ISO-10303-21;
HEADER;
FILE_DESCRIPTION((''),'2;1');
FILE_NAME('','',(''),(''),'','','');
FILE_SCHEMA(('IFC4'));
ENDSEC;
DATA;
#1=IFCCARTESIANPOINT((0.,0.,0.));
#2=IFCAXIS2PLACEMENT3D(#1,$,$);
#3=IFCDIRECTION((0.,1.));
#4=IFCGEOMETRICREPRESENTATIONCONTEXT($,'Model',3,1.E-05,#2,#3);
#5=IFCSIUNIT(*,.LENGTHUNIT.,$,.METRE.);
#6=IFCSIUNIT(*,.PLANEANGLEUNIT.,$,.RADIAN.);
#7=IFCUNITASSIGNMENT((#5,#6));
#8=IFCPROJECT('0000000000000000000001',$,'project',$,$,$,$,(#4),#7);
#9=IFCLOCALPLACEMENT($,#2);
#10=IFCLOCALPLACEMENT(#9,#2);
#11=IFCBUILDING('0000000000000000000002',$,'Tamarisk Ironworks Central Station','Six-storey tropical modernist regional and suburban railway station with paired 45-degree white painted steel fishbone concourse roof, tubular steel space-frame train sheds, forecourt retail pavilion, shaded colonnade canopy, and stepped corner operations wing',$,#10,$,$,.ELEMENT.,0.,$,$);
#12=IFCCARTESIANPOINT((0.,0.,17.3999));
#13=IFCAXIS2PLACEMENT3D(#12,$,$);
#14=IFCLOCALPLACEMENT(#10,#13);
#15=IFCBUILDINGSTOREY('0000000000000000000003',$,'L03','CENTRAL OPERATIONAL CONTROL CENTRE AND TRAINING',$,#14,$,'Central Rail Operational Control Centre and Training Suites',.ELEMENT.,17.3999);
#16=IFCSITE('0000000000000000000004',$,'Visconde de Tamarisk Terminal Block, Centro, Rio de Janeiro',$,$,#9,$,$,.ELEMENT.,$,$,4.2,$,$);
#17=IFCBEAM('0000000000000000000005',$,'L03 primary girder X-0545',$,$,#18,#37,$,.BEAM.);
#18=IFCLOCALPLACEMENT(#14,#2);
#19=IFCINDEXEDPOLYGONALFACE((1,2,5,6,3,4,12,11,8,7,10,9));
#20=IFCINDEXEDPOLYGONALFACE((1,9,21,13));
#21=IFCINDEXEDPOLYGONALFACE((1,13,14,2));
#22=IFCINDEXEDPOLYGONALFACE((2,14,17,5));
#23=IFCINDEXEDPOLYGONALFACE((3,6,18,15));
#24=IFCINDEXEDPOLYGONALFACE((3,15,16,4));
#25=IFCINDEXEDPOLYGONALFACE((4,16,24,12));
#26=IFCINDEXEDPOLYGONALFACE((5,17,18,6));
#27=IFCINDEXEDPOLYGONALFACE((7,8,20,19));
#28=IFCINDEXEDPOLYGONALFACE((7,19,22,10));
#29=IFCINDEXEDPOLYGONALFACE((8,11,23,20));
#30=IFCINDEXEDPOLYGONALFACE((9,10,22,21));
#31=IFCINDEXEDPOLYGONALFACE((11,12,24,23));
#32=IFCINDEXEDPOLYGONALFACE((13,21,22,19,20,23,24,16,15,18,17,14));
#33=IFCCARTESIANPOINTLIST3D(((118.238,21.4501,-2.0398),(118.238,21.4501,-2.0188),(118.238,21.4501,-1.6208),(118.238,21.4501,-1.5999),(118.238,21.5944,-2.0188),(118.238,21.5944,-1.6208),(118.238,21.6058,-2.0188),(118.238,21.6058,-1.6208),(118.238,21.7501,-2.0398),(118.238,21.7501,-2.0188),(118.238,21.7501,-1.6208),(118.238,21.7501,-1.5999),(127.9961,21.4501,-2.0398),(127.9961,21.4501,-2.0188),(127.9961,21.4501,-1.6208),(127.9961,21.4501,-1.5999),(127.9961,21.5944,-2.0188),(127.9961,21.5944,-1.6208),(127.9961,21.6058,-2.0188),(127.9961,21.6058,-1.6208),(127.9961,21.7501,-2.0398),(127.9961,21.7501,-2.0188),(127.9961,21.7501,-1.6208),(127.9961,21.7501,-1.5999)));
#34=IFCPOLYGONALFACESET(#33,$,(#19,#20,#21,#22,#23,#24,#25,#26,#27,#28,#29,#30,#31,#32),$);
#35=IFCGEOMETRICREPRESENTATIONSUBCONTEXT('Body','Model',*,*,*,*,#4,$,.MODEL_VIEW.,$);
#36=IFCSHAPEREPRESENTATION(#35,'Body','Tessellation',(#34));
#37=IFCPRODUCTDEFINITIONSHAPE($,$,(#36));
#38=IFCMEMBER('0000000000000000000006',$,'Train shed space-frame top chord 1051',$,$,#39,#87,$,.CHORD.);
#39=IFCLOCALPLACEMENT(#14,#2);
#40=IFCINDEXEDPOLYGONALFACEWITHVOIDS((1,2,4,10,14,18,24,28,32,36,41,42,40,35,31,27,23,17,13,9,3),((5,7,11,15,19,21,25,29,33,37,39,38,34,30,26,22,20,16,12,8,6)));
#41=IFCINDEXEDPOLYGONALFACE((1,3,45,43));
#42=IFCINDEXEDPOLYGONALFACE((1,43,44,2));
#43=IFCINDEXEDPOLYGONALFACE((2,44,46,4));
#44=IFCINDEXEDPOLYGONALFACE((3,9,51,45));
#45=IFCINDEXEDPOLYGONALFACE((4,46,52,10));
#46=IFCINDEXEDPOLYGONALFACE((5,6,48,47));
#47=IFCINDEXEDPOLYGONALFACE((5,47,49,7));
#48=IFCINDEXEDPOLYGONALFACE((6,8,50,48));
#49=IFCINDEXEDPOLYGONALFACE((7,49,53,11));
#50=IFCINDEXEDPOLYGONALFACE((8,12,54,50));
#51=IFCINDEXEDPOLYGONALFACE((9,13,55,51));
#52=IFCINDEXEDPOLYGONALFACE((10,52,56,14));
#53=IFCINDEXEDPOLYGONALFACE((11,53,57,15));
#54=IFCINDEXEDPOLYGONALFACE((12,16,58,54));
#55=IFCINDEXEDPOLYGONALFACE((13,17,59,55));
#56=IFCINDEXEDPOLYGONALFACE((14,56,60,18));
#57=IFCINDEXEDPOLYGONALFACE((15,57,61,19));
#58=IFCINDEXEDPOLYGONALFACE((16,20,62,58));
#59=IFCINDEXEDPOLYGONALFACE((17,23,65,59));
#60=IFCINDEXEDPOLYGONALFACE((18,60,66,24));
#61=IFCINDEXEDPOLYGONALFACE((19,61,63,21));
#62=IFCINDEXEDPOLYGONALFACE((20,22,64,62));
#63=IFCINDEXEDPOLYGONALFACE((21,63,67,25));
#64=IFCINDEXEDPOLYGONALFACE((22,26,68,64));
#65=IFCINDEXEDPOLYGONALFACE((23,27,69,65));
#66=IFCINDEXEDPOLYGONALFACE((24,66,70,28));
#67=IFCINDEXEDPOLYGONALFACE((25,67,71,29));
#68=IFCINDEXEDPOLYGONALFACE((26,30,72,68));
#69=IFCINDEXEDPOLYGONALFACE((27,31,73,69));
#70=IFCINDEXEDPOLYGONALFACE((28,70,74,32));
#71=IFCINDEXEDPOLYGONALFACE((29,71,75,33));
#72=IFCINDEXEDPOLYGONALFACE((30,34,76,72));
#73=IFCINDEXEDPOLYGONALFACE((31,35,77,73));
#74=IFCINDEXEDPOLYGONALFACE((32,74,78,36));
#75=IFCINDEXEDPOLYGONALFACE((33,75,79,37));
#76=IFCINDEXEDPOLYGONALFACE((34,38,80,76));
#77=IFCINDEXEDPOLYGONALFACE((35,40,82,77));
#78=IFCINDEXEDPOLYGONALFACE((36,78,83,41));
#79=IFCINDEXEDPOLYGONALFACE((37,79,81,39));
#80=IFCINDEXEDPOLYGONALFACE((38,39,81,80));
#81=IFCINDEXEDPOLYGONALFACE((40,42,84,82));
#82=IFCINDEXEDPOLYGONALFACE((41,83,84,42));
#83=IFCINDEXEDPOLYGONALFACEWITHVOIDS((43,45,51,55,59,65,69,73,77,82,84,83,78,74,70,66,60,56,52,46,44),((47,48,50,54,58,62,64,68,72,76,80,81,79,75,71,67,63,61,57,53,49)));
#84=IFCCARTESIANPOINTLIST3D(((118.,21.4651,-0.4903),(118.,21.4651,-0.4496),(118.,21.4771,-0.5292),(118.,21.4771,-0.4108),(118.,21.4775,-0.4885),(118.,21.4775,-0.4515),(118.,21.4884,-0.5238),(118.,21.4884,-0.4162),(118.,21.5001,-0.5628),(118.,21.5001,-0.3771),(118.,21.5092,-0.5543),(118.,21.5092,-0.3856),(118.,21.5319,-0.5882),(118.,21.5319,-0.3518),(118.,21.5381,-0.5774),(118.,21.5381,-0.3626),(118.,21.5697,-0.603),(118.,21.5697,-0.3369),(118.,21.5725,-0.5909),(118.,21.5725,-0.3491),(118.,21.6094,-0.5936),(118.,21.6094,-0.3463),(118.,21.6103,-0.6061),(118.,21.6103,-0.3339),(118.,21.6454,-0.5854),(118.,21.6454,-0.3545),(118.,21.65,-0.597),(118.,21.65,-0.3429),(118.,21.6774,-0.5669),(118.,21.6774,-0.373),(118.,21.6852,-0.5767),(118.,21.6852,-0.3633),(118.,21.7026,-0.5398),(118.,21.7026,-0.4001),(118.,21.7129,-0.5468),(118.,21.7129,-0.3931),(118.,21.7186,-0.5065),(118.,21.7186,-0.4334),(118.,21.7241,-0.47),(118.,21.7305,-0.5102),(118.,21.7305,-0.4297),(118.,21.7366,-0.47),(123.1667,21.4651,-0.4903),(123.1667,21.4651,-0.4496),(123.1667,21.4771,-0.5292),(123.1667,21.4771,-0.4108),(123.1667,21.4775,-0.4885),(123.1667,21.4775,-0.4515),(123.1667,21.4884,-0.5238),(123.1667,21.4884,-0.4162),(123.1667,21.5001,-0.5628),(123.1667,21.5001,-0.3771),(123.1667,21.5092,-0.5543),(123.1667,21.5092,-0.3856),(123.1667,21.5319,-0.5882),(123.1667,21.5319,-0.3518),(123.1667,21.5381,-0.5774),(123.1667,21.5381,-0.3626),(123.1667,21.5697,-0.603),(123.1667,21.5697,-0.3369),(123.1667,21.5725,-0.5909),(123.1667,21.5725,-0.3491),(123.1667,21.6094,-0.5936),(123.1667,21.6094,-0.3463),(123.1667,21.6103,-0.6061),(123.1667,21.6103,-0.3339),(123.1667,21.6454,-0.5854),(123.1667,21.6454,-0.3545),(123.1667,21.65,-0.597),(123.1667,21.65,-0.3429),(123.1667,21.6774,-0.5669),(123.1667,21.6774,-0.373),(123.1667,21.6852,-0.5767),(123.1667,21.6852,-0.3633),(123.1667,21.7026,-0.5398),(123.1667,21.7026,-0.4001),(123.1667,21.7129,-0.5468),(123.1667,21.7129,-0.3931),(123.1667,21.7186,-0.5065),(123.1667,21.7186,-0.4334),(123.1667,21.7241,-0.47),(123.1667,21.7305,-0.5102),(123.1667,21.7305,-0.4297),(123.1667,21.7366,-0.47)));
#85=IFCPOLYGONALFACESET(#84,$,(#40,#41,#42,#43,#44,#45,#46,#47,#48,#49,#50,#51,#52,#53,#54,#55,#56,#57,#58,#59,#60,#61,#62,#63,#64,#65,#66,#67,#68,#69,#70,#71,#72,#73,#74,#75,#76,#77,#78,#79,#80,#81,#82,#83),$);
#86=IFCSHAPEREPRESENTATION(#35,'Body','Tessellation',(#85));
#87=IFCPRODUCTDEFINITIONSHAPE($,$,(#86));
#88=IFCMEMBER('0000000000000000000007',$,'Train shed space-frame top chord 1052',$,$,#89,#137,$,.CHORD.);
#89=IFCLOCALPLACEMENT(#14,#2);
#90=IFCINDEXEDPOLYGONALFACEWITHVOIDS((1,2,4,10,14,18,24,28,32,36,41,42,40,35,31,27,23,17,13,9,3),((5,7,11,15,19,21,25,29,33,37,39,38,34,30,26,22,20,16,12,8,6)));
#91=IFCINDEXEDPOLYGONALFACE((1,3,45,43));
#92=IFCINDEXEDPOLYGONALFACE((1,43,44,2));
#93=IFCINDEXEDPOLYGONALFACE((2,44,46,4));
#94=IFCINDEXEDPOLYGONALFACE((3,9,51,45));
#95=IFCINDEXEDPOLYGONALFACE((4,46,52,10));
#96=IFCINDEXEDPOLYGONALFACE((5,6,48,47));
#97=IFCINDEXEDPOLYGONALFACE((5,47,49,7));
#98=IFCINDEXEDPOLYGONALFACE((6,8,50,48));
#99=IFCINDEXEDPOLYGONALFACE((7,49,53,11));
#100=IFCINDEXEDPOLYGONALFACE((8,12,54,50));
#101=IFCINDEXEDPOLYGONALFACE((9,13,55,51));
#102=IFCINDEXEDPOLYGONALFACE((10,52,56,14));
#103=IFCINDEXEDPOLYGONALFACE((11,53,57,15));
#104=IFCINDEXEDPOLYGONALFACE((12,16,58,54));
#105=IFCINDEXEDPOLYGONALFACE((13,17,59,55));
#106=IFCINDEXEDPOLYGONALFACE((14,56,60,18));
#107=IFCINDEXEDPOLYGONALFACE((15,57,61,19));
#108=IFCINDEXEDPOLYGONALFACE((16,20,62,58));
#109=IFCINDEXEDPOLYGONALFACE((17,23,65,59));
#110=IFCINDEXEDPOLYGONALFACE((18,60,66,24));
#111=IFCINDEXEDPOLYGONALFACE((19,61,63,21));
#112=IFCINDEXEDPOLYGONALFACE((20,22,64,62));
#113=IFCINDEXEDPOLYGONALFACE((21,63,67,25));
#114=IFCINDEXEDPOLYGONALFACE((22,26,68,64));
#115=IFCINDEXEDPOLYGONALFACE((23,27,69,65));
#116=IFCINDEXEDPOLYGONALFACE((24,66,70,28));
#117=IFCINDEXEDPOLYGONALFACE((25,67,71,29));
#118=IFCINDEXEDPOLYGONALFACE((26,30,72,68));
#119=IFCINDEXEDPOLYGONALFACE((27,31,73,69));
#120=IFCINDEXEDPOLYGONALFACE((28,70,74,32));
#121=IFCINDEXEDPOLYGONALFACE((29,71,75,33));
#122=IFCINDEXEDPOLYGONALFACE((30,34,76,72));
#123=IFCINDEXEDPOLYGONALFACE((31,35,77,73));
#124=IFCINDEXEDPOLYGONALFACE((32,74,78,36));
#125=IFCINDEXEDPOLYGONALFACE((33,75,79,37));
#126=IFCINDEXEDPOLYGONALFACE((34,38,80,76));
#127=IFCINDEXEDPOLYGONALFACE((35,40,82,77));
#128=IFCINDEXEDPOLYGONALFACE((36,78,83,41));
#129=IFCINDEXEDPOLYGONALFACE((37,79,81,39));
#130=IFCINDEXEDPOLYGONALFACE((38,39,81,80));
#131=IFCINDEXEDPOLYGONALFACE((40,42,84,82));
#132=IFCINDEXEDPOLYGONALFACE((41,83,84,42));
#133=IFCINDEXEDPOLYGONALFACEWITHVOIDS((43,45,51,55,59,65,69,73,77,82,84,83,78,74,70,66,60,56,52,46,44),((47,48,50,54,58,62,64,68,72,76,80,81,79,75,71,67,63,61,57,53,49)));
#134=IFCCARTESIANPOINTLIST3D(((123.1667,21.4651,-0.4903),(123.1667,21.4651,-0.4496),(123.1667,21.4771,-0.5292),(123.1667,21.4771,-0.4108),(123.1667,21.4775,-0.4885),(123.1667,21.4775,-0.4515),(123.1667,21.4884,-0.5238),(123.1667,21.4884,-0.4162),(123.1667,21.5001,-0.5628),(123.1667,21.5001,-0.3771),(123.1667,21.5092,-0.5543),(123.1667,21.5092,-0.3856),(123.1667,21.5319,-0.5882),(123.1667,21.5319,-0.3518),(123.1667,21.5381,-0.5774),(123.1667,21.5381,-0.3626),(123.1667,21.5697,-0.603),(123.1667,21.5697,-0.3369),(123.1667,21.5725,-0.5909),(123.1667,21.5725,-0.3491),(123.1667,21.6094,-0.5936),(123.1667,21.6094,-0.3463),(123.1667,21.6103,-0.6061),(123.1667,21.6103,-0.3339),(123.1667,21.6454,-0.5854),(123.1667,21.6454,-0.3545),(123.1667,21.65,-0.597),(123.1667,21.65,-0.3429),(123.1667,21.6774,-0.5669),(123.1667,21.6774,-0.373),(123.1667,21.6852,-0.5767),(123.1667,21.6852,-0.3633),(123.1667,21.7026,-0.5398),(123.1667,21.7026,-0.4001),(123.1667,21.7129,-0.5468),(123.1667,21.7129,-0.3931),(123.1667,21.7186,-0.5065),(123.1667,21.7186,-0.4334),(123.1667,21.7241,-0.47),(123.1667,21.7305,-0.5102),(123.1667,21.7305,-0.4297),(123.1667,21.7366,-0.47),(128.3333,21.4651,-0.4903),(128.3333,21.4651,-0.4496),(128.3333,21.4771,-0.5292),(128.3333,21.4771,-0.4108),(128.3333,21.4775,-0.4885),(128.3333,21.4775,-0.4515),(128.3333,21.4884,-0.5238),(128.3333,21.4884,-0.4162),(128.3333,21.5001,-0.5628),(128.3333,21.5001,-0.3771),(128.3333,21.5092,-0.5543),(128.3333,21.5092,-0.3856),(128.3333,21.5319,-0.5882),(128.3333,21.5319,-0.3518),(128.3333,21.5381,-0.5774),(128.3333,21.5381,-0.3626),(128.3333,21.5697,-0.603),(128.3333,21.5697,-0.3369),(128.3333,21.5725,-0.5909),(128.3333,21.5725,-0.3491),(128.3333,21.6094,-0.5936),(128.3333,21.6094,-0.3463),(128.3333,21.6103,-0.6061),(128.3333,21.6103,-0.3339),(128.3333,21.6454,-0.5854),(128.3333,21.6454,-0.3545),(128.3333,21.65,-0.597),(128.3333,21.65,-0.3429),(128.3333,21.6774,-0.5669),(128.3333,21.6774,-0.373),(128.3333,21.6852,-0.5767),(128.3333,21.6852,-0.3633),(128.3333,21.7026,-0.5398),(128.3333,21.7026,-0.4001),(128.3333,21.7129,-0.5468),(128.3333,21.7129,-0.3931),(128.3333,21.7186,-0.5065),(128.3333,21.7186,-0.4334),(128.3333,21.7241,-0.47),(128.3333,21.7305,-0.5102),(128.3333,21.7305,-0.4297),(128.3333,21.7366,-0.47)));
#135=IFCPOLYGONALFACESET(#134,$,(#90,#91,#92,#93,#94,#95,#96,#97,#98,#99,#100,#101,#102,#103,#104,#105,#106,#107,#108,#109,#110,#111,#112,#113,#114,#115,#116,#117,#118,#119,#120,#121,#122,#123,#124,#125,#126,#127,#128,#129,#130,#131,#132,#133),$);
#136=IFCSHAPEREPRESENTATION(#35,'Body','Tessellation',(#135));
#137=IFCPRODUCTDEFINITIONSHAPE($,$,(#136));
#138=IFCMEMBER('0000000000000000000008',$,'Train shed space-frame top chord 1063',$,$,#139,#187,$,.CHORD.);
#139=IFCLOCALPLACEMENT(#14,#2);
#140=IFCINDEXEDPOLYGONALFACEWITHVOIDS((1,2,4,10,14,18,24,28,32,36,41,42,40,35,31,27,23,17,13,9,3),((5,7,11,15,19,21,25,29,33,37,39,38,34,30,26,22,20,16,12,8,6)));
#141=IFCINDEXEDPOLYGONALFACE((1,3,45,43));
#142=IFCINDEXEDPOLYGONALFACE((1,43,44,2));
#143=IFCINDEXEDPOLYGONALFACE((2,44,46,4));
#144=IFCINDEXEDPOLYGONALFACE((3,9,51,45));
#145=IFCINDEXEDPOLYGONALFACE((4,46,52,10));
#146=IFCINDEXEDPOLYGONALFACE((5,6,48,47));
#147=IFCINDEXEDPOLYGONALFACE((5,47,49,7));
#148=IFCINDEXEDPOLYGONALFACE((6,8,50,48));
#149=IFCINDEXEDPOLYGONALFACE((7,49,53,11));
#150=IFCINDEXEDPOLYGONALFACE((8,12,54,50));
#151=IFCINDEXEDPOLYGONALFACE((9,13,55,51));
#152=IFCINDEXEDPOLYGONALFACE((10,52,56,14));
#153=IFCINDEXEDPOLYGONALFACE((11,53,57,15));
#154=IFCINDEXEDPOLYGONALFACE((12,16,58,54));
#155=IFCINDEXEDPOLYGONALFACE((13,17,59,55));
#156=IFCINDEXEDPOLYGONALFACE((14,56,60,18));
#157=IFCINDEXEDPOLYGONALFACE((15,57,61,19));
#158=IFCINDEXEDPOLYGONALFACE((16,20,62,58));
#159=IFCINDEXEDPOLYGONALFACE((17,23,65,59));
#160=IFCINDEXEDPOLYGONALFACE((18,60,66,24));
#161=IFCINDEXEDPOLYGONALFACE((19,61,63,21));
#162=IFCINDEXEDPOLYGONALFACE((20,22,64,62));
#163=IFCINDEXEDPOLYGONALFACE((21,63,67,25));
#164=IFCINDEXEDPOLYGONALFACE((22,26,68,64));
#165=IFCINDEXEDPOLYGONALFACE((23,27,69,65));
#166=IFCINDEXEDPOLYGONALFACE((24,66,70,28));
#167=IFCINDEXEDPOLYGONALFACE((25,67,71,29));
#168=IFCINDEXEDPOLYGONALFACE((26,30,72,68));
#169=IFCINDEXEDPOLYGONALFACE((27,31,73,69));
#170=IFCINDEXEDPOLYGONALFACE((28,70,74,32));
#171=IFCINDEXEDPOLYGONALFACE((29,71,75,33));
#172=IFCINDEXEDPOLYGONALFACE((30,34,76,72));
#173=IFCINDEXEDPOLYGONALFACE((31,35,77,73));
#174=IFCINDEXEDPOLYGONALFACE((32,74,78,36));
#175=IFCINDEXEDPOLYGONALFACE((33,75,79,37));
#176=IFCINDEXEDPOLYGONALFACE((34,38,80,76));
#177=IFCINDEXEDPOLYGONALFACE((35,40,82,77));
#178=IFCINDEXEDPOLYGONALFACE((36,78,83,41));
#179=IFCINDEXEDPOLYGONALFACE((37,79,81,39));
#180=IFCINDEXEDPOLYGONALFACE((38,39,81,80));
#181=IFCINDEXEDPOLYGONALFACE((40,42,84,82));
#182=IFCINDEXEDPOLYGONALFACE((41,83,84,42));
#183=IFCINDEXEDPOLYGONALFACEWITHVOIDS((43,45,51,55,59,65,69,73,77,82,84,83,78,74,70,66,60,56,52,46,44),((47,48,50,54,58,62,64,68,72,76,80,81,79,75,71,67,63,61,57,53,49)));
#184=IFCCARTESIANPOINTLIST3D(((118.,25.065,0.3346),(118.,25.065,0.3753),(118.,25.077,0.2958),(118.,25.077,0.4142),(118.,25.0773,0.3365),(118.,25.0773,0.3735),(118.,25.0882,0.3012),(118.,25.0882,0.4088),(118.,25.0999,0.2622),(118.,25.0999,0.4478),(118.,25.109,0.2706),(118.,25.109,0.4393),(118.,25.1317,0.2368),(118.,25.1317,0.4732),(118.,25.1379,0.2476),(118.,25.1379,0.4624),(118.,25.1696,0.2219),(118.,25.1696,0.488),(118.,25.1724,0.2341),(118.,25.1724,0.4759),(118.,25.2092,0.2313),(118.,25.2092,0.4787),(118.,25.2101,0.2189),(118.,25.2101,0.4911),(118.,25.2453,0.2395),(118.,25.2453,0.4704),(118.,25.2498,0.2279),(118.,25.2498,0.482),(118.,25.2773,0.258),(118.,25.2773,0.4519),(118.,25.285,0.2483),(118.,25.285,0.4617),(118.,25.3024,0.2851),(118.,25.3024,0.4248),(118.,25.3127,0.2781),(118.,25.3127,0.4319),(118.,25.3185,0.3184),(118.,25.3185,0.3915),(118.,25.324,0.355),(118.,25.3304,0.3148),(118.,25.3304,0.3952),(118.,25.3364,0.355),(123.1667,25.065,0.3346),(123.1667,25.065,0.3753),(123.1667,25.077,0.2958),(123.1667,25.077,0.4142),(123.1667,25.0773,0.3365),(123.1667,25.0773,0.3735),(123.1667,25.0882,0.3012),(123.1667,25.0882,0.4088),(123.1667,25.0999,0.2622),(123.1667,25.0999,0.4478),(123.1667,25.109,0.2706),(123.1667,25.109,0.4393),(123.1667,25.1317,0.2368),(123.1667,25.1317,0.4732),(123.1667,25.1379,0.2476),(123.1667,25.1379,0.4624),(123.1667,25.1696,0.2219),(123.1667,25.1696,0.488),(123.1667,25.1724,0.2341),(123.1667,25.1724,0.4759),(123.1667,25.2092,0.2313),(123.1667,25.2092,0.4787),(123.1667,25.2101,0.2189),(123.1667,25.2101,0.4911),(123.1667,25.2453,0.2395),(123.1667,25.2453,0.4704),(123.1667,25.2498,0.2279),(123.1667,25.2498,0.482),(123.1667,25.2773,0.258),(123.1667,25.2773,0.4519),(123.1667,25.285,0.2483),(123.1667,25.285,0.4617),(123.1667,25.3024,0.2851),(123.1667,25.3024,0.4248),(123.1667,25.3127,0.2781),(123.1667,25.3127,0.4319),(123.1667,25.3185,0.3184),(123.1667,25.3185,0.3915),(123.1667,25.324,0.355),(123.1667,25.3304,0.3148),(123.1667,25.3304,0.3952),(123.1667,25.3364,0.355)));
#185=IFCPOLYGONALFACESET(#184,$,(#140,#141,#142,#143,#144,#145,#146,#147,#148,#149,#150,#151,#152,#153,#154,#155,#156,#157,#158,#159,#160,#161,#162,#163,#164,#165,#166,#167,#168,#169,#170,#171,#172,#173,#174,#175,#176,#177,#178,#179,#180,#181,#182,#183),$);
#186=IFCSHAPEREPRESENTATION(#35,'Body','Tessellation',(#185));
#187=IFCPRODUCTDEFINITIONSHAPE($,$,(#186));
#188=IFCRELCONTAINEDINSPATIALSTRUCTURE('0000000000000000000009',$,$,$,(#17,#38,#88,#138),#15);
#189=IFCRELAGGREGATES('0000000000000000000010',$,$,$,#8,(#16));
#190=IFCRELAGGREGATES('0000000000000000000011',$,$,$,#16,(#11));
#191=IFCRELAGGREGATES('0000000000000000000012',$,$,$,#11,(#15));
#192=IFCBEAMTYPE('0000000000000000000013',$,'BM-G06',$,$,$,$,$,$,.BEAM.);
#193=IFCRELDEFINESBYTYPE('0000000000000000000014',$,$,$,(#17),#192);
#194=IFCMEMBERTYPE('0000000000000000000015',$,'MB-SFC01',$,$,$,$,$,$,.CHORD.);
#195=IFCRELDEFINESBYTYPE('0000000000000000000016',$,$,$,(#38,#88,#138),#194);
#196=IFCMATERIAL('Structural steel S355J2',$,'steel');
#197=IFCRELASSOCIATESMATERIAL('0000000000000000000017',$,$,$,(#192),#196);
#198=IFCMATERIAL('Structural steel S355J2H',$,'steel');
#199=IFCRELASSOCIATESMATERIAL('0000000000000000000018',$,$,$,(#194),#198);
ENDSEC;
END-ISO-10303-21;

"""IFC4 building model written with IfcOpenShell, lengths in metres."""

from ifc_helpers import new_model, si_unit, direction, frame, origin, origin_2d, place, context, subcontext, project, spatial, hollow_circle, i_section, extrude, material, material_profile, profile_set, type_object, element, save


model = new_model("IFC4")

# Units and contexts
model_context = context("Model", 3, precision=1e-05, world=origin(), true_north=direction((0.0, 1.0)))
body_context = subcontext(model_context, "Body", "Model", "MODEL_VIEW")
ifc_project = project(units=[si_unit("LENGTHUNIT", "METRE"), si_unit("PLANEANGLEUNIT", "RADIAN")], contexts=[model_context])

# Site, building, storey
site_placement = place(None, origin())
site = spatial("IfcSite", under=ifc_project, at=site_placement, Name="Visconde de Tamarisk Terminal Block, Centro, Rio de Janeiro", CompositionType="ELEMENT", RefElevation=4.2)
building_placement = place(site_placement, origin())
building = spatial("IfcBuilding", under=site, at=building_placement, Name="Tamarisk Ironworks Central Station", Description="Six-storey tropical modernist regional and suburban railway station with paired 45-degree white painted steel fishbone concourse roof, tubular steel space-frame train sheds, forecourt retail pavilion, shaded colonnade canopy, and stepped corner operations wing", CompositionType="ELEMENT", ElevationOfRefHeight=0.0)
storey_placement = place(building_placement, frame((0.0, 0.0, 17.3999)))
storey = spatial("IfcBuildingStorey", under=building, at=storey_placement, Name="L03", Description="CENTRAL OPERATIONAL CONTROL CENTRE AND TRAINING", LongName="Central Rail Operational Control Centre and Training Suites", CompositionType="ELEMENT", Elevation=17.3999)

# Beam
ifc_material_1 = material(Name="Structural steel S355J2", Category="steel")
ifc_material_profile_1 = material_profile(ifc_material_1, i_section(OverallWidth=0.3, OverallDepth=0.4399, WebThickness=0.0115, FlangeThickness=0.021, at=origin_2d()), Name="HEA 450")
ifc_profile_set_1 = profile_set([ifc_material_profile_1], Name="Structural steel S355J2")
beam_type = type_object("IfcBeamType", Name="BM-G06", PredefinedType="BEAM", material=ifc_profile_set_1)
beam_placement = place(storey_placement, frame((118.238, 21.6001, -1.8198), z_axis=(1.0, 0.0, 0.0), x_axis=(0.0, 1.0, 0.0)))
element("IfcBeam", 1, at=beam_placement, inside=storey, type_object=beam_type, Name="L03 primary girder X-0545", PredefinedType="BEAM", context=body_context, shape_type="SweptSolid", body=[
    extrude(i_section(OverallWidth=0.3, OverallDepth=0.4399, WebThickness=0.0115, FlangeThickness=0.021, at=origin_2d()), origin(), (0.0, 0.0, 1.0), 9.7581),
])

# Members
ifc_material_2 = material(Name="Structural steel S355J2H", Category="steel")
ifc_material_profile_2 = material_profile(ifc_material_2, hollow_circle(Radius=0.1365, WallThickness=0.0125, at=origin_2d()), Name="CHS 273x12.5")
ifc_profile_set_2 = profile_set([ifc_material_profile_2], Name="Structural steel S355J2H")
member_type_1 = type_object("IfcMemberType", Name="MB-SFC01", PredefinedType="CHORD", material=ifc_profile_set_2)
member_1_placement = place(storey_placement, frame((118.0, 21.6001, -0.47), z_axis=(1.0, 0.0, 0.0), x_axis=(0.0, 1.0, 0.0)))
element("IfcMember", 2, at=member_1_placement, inside=storey, type_object=member_type_1, Name="Train shed space-frame top chord 1051", PredefinedType="CHORD", context=body_context, shape_type="SweptSolid", body=[
    extrude(hollow_circle(Radius=0.1365, WallThickness=0.0125, at=origin_2d()), origin(), (0.0, 0.0, 1.0), 5.1667),
])
member_2_placement = place(storey_placement, frame((123.1667, 21.6001, -0.47), z_axis=(1.0, 0.0, 0.0), x_axis=(0.0, 1.0, 0.0)))
element("IfcMember", 3, at=member_2_placement, inside=storey, type_object=member_type_1, Name="Train shed space-frame top chord 1052", PredefinedType="CHORD", context=body_context, shape_type="SweptSolid", body=[
    extrude(hollow_circle(Radius=0.1365, WallThickness=0.0125, at=origin_2d()), origin(), (0.0, 0.0, 1.0), 5.1665),
])
member_3_placement = place(storey_placement, frame((118.0, 25.2, 0.355), z_axis=(1.0, 0.0, 0.0), x_axis=(0.0, 1.0, 0.0)))
element("IfcMember", 4, at=member_3_placement, inside=storey, type_object=member_type_1, Name="Train shed space-frame top chord 1063", PredefinedType="CHORD", context=body_context, shape_type="SweptSolid", body=[
    extrude(hollow_circle(Radius=0.1365, WallThickness=0.0125, at=origin_2d()), origin(), (0.0, 0.0, 1.0), 5.1667),
])

save(model, "model.ifc")
